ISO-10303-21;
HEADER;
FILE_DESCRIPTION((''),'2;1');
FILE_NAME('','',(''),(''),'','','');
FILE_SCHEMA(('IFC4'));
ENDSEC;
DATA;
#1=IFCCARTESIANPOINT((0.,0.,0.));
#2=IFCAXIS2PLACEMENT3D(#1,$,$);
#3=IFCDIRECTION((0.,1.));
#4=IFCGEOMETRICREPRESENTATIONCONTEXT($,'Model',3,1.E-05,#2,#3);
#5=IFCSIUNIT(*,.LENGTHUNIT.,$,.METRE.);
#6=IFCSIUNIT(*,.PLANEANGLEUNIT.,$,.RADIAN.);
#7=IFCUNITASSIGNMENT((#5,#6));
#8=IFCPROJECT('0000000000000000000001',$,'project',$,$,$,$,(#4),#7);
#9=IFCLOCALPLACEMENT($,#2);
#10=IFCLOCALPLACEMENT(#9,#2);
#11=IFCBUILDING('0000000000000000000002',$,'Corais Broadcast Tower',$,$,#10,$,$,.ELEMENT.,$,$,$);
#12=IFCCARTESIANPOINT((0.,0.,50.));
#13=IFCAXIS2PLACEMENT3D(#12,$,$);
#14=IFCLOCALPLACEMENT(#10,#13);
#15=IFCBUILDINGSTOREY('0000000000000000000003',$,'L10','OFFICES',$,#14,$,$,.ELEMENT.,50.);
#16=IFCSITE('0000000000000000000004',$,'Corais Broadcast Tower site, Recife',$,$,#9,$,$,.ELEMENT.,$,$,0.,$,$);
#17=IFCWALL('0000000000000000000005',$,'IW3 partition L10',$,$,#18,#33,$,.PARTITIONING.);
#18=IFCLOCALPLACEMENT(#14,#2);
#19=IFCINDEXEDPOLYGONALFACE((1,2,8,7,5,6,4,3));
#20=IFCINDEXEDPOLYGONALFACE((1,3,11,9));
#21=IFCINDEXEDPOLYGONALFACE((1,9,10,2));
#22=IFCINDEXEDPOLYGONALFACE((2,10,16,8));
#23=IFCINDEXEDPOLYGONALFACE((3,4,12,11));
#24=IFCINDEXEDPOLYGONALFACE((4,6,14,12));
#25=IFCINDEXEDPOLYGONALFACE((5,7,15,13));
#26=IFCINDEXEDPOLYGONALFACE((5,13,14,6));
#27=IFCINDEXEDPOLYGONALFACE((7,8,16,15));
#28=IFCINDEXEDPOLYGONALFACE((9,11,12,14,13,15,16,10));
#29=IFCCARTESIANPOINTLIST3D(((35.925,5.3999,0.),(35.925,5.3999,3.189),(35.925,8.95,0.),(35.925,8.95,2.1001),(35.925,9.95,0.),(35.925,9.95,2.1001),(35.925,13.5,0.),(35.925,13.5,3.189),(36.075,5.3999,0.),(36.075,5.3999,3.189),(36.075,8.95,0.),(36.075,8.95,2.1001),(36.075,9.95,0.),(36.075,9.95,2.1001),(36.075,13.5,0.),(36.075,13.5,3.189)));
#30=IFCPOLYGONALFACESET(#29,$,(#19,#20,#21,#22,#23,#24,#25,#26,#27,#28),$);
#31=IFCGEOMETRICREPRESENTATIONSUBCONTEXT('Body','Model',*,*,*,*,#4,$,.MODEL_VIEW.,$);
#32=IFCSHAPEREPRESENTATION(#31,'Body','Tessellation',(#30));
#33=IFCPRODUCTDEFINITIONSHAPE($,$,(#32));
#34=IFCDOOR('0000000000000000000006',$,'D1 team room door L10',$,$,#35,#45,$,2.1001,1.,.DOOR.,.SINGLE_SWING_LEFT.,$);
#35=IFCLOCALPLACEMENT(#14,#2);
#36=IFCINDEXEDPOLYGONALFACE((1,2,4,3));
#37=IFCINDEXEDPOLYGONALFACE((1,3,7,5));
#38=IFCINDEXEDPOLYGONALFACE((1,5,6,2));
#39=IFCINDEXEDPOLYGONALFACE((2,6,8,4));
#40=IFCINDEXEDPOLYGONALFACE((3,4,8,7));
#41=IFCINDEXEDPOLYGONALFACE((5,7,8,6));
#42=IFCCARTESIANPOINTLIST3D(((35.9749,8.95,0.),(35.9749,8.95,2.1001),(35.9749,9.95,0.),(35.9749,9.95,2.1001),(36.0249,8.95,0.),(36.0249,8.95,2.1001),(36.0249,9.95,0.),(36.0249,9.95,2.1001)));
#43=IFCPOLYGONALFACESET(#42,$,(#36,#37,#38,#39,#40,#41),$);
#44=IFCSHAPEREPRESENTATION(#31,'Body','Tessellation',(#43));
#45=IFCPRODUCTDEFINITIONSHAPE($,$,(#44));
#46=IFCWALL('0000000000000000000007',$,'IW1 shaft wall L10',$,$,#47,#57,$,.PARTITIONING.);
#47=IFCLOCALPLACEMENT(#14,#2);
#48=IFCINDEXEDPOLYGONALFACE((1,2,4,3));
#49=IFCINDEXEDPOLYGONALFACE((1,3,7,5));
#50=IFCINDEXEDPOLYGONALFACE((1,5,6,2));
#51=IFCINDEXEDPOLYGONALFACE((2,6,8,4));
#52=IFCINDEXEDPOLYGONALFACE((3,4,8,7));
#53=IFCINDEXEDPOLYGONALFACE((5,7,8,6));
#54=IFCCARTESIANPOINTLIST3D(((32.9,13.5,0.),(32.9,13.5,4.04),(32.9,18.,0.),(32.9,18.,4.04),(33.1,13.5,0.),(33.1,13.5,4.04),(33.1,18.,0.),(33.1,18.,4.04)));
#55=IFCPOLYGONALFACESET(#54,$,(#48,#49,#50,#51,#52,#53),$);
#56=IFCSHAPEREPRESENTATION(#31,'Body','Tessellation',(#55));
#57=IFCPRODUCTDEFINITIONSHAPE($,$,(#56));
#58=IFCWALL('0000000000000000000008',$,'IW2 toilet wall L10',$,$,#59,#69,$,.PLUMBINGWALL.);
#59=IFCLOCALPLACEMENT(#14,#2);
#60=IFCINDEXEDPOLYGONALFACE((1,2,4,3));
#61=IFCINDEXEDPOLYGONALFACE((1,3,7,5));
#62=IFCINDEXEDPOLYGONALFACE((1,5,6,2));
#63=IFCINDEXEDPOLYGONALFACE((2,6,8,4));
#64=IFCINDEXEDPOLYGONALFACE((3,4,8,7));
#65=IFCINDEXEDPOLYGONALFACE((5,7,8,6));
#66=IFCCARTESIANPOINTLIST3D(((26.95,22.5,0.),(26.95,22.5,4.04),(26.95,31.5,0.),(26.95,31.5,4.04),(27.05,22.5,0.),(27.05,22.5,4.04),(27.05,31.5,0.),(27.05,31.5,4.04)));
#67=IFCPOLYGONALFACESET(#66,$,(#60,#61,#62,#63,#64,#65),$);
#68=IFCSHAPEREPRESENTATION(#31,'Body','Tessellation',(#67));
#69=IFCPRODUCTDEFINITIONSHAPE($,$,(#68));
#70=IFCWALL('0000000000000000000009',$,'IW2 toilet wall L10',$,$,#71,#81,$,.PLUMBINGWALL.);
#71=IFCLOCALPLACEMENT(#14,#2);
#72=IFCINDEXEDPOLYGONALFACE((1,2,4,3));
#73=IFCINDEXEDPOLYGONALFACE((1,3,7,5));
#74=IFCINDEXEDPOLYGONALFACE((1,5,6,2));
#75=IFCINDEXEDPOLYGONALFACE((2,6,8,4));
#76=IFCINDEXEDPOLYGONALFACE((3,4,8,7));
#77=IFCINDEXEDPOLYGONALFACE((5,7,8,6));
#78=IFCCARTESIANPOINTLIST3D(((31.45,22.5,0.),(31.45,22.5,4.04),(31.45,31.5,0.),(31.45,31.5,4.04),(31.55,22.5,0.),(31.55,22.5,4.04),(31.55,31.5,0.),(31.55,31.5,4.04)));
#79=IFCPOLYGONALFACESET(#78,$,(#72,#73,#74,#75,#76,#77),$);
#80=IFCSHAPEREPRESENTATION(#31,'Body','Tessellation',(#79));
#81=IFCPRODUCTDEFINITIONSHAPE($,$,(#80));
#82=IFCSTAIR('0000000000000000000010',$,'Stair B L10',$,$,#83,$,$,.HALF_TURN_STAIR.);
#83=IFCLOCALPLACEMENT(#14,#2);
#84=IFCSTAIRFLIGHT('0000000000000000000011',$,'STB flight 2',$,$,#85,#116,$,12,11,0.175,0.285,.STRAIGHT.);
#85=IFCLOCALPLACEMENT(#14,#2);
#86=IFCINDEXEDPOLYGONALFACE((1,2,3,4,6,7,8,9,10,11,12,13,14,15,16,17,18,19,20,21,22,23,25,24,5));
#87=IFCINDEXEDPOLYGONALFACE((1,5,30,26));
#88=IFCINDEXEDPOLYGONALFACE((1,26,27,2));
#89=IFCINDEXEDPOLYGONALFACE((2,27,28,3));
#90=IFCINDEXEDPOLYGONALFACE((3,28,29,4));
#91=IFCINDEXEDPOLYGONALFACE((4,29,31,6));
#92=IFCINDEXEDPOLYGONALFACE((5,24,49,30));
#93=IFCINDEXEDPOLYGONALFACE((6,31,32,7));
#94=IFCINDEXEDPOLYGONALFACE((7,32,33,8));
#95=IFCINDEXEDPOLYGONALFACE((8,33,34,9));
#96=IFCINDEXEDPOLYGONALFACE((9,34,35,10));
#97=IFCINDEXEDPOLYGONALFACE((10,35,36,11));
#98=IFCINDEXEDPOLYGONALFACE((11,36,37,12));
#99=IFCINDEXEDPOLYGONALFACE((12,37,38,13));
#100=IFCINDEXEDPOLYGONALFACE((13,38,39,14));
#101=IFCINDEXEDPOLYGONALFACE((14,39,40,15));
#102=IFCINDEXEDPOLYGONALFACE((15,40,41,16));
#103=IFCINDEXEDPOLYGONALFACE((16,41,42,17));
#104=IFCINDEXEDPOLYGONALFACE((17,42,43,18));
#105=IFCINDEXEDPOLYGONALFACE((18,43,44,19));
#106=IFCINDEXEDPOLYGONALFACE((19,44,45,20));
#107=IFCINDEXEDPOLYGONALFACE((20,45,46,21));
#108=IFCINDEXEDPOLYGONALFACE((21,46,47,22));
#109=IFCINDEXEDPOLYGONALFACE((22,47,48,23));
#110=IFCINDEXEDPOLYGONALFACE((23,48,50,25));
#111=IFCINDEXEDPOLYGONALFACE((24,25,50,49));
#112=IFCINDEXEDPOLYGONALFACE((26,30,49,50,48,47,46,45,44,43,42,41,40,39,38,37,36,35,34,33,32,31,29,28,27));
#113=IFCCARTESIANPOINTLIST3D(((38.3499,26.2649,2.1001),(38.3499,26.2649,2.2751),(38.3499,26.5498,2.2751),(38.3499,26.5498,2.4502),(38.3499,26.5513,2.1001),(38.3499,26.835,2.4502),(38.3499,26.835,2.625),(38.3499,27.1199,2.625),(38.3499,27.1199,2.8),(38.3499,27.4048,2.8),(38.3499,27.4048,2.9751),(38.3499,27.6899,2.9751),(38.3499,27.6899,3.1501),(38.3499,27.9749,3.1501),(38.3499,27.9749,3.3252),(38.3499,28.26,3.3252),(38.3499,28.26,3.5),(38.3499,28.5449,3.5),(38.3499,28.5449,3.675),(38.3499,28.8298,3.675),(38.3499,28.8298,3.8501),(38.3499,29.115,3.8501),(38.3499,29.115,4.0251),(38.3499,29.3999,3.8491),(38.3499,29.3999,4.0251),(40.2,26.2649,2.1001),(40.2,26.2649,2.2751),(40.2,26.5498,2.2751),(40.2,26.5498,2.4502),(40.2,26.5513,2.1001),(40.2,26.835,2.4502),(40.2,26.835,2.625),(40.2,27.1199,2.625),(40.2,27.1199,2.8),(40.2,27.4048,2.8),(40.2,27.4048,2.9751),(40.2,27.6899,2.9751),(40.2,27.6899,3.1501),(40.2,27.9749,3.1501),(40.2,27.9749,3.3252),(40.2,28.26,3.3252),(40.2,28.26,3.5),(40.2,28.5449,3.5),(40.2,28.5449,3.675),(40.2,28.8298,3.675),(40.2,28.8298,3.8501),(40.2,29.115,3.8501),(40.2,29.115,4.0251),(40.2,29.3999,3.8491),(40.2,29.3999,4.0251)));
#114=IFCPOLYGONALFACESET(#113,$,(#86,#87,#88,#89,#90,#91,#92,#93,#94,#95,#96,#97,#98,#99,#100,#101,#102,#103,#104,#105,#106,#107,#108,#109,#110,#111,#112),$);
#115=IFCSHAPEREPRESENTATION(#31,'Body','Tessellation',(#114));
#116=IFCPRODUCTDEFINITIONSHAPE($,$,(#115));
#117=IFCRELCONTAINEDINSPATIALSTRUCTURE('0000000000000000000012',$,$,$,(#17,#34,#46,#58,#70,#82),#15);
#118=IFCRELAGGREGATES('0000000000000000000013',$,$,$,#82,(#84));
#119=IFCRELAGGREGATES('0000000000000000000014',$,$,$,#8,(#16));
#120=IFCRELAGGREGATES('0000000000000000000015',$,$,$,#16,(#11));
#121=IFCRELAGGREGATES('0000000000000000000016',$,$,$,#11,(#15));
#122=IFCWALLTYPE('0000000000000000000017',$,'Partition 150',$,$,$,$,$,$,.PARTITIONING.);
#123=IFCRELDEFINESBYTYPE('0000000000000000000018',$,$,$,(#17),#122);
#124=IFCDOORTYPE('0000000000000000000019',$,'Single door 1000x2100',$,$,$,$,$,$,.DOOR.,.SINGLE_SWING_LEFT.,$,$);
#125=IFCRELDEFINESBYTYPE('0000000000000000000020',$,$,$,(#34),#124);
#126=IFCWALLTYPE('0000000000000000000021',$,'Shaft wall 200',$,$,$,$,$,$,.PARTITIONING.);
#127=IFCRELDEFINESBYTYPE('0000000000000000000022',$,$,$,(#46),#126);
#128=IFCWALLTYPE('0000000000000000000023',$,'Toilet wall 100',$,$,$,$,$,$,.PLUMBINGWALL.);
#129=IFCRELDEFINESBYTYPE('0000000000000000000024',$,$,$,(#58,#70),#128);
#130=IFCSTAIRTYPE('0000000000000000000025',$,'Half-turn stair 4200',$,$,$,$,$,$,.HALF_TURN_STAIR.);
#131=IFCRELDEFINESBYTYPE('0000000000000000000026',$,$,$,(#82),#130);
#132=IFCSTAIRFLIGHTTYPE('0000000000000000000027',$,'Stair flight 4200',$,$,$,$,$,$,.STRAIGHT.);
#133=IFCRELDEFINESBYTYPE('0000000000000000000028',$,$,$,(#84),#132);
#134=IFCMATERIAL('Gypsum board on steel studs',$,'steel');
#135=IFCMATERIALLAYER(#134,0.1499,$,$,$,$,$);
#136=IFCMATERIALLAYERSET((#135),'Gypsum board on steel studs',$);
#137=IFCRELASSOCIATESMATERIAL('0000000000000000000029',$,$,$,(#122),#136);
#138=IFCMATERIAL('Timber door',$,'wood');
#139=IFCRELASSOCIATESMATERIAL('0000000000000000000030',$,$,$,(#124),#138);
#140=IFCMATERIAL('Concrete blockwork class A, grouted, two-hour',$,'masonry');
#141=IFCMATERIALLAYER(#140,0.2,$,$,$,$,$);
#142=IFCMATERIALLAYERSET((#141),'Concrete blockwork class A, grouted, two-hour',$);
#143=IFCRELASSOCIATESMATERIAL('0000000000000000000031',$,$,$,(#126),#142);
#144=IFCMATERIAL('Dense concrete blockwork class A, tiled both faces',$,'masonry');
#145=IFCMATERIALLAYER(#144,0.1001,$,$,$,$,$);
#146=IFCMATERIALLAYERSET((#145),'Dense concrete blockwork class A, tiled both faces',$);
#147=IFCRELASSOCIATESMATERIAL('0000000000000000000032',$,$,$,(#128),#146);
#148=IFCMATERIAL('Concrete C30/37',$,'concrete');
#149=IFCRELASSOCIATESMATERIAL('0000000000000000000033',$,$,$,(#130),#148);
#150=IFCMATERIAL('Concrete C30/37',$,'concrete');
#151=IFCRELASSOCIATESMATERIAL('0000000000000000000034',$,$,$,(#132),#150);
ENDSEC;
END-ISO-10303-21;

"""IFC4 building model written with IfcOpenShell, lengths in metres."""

from ifc_helpers import new_model, si_unit, direction, frame, frame_2d, origin, place, context, subcontext, project, spatial, polyline, rectangle, outline, extrude, material, layer, layer_set, type_object, element, fill, aggregate, save


model = new_model("IFC4")

# Units and contexts
model_context = context("Model", 3, precision=1e-05, world=origin(), true_north=direction((0.0, 1.0)))
body_context = subcontext(model_context, "Body", "Model", "MODEL_VIEW")
ifc_project = project(units=[si_unit("LENGTHUNIT", "METRE"), si_unit("PLANEANGLEUNIT", "RADIAN")], contexts=[model_context])

# Site, building, storey
site_placement = place(None, origin())
site = spatial("IfcSite", under=ifc_project, at=site_placement, Name="Corais Broadcast Tower site, Recife", CompositionType="ELEMENT", RefElevation=0.0)
building_placement = place(site_placement, origin())
building = spatial("IfcBuilding", under=site, at=building_placement, Name="Corais Broadcast Tower", CompositionType="ELEMENT")
storey_placement = place(building_placement, frame((0.0, 0.0, 50.0)))
storey = spatial("IfcBuildingStorey", under=building, at=storey_placement, Name="L10", Description="OFFICES", CompositionType="ELEMENT", Elevation=50.0)

# Shared definitions
ifc_material_1 = material(Name="Gypsum board on steel studs", Category="steel")
ifc_layer_1 = layer(ifc_material_1, 0.1499)
ifc_layer_set_1 = layer_set([ifc_layer_1], Name="Gypsum board on steel studs")
wall_type_1 = type_object("IfcWallType", Name="Partition 150", PredefinedType="PARTITIONING", material=ifc_layer_set_1)
ifc_material_2 = material(Name="Timber door", Category="wood")
door_type_1 = type_object("IfcDoorType", Name="Single door 1000x2100", OperationType="SINGLE_SWING_LEFT", PredefinedType="DOOR", material=ifc_material_2)

# Wall, opening, door
wall_1_placement = place(storey_placement, frame((36.0, 13.5, 0.0), z_axis=(0.0, 0.0, 1.0), x_axis=(0.0, -1.0, 0.0)))
wall_1 = element("IfcWall", 1, at=wall_1_placement, inside=storey, type_object=wall_type_1, Name="IW3 partition L10", PredefinedType="PARTITIONING", context=body_context, shape_type="SweptSolid", body=[
    extrude(rectangle(XDim=8.1001, YDim=0.1499, at=frame_2d((4.05, 0.0))), origin(), (0.0, 0.0, 1.0), 3.189),
])
opening_1_placement = place(wall_1_placement, frame((3.55, 0.0, 0.0)))
opening_1 = element("IfcOpeningElement", 2, at=opening_1_placement, cuts=wall_1, PredefinedType="OPENING", context=body_context, shape_type="SweptSolid", body=[
    extrude(rectangle(XDim=1.0, YDim=2.1001, at=frame_2d((0.5, 1.05))), frame((0.0, 0.085, 0.0), z_axis=(0.0, -1.0, 0.0), x_axis=(1.0, 0.0, 0.0)), (0.0, 0.0, 1.0), 0.1699),
])
door_1_placement = place(opening_1_placement, origin())
door_1 = element("IfcDoor", 3, at=door_1_placement, inside=storey, type_object=door_type_1, Name="D1 team room door L10", OperationType="SINGLE_SWING_LEFT", OverallHeight=2.1001, OverallWidth=1.0, PredefinedType="DOOR", context=body_context, shape_type="SweptSolid", body=[
    extrude(rectangle(XDim=1.0, YDim=2.1001, at=frame_2d((0.5, 1.05))), frame((0.0, 0.0249, 0.0), z_axis=(0.0, -1.0, 0.0), x_axis=(1.0, 0.0, 0.0)), (0.0, 0.0, 1.0), 0.05),
])
fill(opening_1, door_1)

# Walls
ifc_material_3 = material(Name="Concrete blockwork class A, grouted, two-hour", Category="masonry")
ifc_layer_2 = layer(ifc_material_3, 0.2)
ifc_layer_set_2 = layer_set([ifc_layer_2], Name="Concrete blockwork class A, grouted, two-hour")
wall_type_2 = type_object("IfcWallType", Name="Shaft wall 200", PredefinedType="PARTITIONING", material=ifc_layer_set_2)
wall_2_placement = place(storey_placement, frame((33.0, 13.5, 0.0), z_axis=(0.0, 0.0, 1.0), x_axis=(0.0, 1.0, 0.0)))
element("IfcWall", 4, at=wall_2_placement, inside=storey, type_object=wall_type_2, Name="IW1 shaft wall L10", PredefinedType="PARTITIONING", context=body_context, shape_type="SweptSolid", body=[
    extrude(rectangle(XDim=4.5, YDim=0.2, at=frame_2d((2.25, 0.0))), origin(), (0.0, 0.0, 1.0), 4.04),
])
ifc_material_4 = material(Name="Dense concrete blockwork class A, tiled both faces", Category="masonry")
ifc_layer_3 = layer(ifc_material_4, 0.1001)
ifc_layer_set_3 = layer_set([ifc_layer_3], Name="Dense concrete blockwork class A, tiled both faces")
wall_type_3 = type_object("IfcWallType", Name="Toilet wall 100", PredefinedType="PLUMBINGWALL", material=ifc_layer_set_3)
for number, where, z_axis, x_axis, name in (
    (5, (27.0, 22.5, 0.0), (0.0, 0.0, 1.0), (0.0, 1.0, 0.0), "IW2 toilet wall L10"),
    (6, (31.5, 22.5, 0.0), (0.0, 0.0, 1.0), (0.0, 1.0, 0.0), "IW2 toilet wall L10"),
):
    element("IfcWall", number, at=place(storey_placement, frame(where, z_axis=z_axis, x_axis=x_axis)), inside=storey, type_object=wall_type_3, Name=name, PredefinedType="PLUMBINGWALL", context=body_context, shape_type="SweptSolid", body=[
        extrude(rectangle(XDim=9.0, YDim=0.1001, at=frame_2d((4.5, 0.0))), origin(), (0.0, 0.0, 1.0), 4.04),
    ])

# Stair, stair flight
ifc_material_5 = material(Name="Concrete C30/37", Category="concrete")
stair_type = type_object("IfcStairType", Name="Half-turn stair 4200", PredefinedType="HALF_TURN_STAIR", material=ifc_material_5)
stair_placement = place(storey_placement, origin())
stair = element("IfcStair", 7, at=stair_placement, inside=storey, type_object=stair_type, Name="Stair B L10", PredefinedType="HALF_TURN_STAIR")
ifc_material_6 = material(Name="Concrete C30/37", Category="concrete")
stair_flight_type = type_object("IfcStairFlightType", Name="Stair flight 4200", PredefinedType="STRAIGHT", material=ifc_material_6)
stair_flight_placement = place(storey_placement, frame((39.2749, 26.2649, 2.1001), z_axis=(0.0, 0.0, 1.0), x_axis=(0.0, 1.0, 0.0)))
stair_flight = element("IfcStairFlight", 8, at=stair_flight_placement, type_object=stair_flight_type, Name="STB flight 2", NumberOfRisers=12, NumberOfTreads=11, PredefinedType="STRAIGHT", RiserHeight=0.175, TreadLength=0.285, context=body_context, shape_type="SweptSolid", body=[
    extrude(outline(polyline([(0.0, 0.0), (0.0, 0.175), (0.2849, 0.175), (0.2849, 0.3501), (0.5701, 0.3501), (0.5701, 0.5249), (0.855, 0.5249), (0.855, 0.7), (1.1399, 0.7), (1.1399, 0.875), (1.425, 0.875), (1.425, 1.05), (1.71, 1.05), (1.71, 1.2251), (1.9951, 1.2251), (1.9951, 1.3999), (2.28, 1.3999), (2.28, 1.575), (2.5649, 1.575), (2.5649, 1.75), (2.8501, 1.75), (2.8501, 1.925), (3.135, 1.925), (3.135, 2.1001), (3.135, 1.749), (0.2864, 0.0), (0.0, 0.0)])), frame((0.0, 0.925, 0.0), z_axis=(0.0, -1.0, 0.0), x_axis=(1.0, 0.0, 0.0)), (0.0, 0.0, 1.0), 1.8501),
])
aggregate(stair, [stair_flight])

save(model, "model.ifc")
